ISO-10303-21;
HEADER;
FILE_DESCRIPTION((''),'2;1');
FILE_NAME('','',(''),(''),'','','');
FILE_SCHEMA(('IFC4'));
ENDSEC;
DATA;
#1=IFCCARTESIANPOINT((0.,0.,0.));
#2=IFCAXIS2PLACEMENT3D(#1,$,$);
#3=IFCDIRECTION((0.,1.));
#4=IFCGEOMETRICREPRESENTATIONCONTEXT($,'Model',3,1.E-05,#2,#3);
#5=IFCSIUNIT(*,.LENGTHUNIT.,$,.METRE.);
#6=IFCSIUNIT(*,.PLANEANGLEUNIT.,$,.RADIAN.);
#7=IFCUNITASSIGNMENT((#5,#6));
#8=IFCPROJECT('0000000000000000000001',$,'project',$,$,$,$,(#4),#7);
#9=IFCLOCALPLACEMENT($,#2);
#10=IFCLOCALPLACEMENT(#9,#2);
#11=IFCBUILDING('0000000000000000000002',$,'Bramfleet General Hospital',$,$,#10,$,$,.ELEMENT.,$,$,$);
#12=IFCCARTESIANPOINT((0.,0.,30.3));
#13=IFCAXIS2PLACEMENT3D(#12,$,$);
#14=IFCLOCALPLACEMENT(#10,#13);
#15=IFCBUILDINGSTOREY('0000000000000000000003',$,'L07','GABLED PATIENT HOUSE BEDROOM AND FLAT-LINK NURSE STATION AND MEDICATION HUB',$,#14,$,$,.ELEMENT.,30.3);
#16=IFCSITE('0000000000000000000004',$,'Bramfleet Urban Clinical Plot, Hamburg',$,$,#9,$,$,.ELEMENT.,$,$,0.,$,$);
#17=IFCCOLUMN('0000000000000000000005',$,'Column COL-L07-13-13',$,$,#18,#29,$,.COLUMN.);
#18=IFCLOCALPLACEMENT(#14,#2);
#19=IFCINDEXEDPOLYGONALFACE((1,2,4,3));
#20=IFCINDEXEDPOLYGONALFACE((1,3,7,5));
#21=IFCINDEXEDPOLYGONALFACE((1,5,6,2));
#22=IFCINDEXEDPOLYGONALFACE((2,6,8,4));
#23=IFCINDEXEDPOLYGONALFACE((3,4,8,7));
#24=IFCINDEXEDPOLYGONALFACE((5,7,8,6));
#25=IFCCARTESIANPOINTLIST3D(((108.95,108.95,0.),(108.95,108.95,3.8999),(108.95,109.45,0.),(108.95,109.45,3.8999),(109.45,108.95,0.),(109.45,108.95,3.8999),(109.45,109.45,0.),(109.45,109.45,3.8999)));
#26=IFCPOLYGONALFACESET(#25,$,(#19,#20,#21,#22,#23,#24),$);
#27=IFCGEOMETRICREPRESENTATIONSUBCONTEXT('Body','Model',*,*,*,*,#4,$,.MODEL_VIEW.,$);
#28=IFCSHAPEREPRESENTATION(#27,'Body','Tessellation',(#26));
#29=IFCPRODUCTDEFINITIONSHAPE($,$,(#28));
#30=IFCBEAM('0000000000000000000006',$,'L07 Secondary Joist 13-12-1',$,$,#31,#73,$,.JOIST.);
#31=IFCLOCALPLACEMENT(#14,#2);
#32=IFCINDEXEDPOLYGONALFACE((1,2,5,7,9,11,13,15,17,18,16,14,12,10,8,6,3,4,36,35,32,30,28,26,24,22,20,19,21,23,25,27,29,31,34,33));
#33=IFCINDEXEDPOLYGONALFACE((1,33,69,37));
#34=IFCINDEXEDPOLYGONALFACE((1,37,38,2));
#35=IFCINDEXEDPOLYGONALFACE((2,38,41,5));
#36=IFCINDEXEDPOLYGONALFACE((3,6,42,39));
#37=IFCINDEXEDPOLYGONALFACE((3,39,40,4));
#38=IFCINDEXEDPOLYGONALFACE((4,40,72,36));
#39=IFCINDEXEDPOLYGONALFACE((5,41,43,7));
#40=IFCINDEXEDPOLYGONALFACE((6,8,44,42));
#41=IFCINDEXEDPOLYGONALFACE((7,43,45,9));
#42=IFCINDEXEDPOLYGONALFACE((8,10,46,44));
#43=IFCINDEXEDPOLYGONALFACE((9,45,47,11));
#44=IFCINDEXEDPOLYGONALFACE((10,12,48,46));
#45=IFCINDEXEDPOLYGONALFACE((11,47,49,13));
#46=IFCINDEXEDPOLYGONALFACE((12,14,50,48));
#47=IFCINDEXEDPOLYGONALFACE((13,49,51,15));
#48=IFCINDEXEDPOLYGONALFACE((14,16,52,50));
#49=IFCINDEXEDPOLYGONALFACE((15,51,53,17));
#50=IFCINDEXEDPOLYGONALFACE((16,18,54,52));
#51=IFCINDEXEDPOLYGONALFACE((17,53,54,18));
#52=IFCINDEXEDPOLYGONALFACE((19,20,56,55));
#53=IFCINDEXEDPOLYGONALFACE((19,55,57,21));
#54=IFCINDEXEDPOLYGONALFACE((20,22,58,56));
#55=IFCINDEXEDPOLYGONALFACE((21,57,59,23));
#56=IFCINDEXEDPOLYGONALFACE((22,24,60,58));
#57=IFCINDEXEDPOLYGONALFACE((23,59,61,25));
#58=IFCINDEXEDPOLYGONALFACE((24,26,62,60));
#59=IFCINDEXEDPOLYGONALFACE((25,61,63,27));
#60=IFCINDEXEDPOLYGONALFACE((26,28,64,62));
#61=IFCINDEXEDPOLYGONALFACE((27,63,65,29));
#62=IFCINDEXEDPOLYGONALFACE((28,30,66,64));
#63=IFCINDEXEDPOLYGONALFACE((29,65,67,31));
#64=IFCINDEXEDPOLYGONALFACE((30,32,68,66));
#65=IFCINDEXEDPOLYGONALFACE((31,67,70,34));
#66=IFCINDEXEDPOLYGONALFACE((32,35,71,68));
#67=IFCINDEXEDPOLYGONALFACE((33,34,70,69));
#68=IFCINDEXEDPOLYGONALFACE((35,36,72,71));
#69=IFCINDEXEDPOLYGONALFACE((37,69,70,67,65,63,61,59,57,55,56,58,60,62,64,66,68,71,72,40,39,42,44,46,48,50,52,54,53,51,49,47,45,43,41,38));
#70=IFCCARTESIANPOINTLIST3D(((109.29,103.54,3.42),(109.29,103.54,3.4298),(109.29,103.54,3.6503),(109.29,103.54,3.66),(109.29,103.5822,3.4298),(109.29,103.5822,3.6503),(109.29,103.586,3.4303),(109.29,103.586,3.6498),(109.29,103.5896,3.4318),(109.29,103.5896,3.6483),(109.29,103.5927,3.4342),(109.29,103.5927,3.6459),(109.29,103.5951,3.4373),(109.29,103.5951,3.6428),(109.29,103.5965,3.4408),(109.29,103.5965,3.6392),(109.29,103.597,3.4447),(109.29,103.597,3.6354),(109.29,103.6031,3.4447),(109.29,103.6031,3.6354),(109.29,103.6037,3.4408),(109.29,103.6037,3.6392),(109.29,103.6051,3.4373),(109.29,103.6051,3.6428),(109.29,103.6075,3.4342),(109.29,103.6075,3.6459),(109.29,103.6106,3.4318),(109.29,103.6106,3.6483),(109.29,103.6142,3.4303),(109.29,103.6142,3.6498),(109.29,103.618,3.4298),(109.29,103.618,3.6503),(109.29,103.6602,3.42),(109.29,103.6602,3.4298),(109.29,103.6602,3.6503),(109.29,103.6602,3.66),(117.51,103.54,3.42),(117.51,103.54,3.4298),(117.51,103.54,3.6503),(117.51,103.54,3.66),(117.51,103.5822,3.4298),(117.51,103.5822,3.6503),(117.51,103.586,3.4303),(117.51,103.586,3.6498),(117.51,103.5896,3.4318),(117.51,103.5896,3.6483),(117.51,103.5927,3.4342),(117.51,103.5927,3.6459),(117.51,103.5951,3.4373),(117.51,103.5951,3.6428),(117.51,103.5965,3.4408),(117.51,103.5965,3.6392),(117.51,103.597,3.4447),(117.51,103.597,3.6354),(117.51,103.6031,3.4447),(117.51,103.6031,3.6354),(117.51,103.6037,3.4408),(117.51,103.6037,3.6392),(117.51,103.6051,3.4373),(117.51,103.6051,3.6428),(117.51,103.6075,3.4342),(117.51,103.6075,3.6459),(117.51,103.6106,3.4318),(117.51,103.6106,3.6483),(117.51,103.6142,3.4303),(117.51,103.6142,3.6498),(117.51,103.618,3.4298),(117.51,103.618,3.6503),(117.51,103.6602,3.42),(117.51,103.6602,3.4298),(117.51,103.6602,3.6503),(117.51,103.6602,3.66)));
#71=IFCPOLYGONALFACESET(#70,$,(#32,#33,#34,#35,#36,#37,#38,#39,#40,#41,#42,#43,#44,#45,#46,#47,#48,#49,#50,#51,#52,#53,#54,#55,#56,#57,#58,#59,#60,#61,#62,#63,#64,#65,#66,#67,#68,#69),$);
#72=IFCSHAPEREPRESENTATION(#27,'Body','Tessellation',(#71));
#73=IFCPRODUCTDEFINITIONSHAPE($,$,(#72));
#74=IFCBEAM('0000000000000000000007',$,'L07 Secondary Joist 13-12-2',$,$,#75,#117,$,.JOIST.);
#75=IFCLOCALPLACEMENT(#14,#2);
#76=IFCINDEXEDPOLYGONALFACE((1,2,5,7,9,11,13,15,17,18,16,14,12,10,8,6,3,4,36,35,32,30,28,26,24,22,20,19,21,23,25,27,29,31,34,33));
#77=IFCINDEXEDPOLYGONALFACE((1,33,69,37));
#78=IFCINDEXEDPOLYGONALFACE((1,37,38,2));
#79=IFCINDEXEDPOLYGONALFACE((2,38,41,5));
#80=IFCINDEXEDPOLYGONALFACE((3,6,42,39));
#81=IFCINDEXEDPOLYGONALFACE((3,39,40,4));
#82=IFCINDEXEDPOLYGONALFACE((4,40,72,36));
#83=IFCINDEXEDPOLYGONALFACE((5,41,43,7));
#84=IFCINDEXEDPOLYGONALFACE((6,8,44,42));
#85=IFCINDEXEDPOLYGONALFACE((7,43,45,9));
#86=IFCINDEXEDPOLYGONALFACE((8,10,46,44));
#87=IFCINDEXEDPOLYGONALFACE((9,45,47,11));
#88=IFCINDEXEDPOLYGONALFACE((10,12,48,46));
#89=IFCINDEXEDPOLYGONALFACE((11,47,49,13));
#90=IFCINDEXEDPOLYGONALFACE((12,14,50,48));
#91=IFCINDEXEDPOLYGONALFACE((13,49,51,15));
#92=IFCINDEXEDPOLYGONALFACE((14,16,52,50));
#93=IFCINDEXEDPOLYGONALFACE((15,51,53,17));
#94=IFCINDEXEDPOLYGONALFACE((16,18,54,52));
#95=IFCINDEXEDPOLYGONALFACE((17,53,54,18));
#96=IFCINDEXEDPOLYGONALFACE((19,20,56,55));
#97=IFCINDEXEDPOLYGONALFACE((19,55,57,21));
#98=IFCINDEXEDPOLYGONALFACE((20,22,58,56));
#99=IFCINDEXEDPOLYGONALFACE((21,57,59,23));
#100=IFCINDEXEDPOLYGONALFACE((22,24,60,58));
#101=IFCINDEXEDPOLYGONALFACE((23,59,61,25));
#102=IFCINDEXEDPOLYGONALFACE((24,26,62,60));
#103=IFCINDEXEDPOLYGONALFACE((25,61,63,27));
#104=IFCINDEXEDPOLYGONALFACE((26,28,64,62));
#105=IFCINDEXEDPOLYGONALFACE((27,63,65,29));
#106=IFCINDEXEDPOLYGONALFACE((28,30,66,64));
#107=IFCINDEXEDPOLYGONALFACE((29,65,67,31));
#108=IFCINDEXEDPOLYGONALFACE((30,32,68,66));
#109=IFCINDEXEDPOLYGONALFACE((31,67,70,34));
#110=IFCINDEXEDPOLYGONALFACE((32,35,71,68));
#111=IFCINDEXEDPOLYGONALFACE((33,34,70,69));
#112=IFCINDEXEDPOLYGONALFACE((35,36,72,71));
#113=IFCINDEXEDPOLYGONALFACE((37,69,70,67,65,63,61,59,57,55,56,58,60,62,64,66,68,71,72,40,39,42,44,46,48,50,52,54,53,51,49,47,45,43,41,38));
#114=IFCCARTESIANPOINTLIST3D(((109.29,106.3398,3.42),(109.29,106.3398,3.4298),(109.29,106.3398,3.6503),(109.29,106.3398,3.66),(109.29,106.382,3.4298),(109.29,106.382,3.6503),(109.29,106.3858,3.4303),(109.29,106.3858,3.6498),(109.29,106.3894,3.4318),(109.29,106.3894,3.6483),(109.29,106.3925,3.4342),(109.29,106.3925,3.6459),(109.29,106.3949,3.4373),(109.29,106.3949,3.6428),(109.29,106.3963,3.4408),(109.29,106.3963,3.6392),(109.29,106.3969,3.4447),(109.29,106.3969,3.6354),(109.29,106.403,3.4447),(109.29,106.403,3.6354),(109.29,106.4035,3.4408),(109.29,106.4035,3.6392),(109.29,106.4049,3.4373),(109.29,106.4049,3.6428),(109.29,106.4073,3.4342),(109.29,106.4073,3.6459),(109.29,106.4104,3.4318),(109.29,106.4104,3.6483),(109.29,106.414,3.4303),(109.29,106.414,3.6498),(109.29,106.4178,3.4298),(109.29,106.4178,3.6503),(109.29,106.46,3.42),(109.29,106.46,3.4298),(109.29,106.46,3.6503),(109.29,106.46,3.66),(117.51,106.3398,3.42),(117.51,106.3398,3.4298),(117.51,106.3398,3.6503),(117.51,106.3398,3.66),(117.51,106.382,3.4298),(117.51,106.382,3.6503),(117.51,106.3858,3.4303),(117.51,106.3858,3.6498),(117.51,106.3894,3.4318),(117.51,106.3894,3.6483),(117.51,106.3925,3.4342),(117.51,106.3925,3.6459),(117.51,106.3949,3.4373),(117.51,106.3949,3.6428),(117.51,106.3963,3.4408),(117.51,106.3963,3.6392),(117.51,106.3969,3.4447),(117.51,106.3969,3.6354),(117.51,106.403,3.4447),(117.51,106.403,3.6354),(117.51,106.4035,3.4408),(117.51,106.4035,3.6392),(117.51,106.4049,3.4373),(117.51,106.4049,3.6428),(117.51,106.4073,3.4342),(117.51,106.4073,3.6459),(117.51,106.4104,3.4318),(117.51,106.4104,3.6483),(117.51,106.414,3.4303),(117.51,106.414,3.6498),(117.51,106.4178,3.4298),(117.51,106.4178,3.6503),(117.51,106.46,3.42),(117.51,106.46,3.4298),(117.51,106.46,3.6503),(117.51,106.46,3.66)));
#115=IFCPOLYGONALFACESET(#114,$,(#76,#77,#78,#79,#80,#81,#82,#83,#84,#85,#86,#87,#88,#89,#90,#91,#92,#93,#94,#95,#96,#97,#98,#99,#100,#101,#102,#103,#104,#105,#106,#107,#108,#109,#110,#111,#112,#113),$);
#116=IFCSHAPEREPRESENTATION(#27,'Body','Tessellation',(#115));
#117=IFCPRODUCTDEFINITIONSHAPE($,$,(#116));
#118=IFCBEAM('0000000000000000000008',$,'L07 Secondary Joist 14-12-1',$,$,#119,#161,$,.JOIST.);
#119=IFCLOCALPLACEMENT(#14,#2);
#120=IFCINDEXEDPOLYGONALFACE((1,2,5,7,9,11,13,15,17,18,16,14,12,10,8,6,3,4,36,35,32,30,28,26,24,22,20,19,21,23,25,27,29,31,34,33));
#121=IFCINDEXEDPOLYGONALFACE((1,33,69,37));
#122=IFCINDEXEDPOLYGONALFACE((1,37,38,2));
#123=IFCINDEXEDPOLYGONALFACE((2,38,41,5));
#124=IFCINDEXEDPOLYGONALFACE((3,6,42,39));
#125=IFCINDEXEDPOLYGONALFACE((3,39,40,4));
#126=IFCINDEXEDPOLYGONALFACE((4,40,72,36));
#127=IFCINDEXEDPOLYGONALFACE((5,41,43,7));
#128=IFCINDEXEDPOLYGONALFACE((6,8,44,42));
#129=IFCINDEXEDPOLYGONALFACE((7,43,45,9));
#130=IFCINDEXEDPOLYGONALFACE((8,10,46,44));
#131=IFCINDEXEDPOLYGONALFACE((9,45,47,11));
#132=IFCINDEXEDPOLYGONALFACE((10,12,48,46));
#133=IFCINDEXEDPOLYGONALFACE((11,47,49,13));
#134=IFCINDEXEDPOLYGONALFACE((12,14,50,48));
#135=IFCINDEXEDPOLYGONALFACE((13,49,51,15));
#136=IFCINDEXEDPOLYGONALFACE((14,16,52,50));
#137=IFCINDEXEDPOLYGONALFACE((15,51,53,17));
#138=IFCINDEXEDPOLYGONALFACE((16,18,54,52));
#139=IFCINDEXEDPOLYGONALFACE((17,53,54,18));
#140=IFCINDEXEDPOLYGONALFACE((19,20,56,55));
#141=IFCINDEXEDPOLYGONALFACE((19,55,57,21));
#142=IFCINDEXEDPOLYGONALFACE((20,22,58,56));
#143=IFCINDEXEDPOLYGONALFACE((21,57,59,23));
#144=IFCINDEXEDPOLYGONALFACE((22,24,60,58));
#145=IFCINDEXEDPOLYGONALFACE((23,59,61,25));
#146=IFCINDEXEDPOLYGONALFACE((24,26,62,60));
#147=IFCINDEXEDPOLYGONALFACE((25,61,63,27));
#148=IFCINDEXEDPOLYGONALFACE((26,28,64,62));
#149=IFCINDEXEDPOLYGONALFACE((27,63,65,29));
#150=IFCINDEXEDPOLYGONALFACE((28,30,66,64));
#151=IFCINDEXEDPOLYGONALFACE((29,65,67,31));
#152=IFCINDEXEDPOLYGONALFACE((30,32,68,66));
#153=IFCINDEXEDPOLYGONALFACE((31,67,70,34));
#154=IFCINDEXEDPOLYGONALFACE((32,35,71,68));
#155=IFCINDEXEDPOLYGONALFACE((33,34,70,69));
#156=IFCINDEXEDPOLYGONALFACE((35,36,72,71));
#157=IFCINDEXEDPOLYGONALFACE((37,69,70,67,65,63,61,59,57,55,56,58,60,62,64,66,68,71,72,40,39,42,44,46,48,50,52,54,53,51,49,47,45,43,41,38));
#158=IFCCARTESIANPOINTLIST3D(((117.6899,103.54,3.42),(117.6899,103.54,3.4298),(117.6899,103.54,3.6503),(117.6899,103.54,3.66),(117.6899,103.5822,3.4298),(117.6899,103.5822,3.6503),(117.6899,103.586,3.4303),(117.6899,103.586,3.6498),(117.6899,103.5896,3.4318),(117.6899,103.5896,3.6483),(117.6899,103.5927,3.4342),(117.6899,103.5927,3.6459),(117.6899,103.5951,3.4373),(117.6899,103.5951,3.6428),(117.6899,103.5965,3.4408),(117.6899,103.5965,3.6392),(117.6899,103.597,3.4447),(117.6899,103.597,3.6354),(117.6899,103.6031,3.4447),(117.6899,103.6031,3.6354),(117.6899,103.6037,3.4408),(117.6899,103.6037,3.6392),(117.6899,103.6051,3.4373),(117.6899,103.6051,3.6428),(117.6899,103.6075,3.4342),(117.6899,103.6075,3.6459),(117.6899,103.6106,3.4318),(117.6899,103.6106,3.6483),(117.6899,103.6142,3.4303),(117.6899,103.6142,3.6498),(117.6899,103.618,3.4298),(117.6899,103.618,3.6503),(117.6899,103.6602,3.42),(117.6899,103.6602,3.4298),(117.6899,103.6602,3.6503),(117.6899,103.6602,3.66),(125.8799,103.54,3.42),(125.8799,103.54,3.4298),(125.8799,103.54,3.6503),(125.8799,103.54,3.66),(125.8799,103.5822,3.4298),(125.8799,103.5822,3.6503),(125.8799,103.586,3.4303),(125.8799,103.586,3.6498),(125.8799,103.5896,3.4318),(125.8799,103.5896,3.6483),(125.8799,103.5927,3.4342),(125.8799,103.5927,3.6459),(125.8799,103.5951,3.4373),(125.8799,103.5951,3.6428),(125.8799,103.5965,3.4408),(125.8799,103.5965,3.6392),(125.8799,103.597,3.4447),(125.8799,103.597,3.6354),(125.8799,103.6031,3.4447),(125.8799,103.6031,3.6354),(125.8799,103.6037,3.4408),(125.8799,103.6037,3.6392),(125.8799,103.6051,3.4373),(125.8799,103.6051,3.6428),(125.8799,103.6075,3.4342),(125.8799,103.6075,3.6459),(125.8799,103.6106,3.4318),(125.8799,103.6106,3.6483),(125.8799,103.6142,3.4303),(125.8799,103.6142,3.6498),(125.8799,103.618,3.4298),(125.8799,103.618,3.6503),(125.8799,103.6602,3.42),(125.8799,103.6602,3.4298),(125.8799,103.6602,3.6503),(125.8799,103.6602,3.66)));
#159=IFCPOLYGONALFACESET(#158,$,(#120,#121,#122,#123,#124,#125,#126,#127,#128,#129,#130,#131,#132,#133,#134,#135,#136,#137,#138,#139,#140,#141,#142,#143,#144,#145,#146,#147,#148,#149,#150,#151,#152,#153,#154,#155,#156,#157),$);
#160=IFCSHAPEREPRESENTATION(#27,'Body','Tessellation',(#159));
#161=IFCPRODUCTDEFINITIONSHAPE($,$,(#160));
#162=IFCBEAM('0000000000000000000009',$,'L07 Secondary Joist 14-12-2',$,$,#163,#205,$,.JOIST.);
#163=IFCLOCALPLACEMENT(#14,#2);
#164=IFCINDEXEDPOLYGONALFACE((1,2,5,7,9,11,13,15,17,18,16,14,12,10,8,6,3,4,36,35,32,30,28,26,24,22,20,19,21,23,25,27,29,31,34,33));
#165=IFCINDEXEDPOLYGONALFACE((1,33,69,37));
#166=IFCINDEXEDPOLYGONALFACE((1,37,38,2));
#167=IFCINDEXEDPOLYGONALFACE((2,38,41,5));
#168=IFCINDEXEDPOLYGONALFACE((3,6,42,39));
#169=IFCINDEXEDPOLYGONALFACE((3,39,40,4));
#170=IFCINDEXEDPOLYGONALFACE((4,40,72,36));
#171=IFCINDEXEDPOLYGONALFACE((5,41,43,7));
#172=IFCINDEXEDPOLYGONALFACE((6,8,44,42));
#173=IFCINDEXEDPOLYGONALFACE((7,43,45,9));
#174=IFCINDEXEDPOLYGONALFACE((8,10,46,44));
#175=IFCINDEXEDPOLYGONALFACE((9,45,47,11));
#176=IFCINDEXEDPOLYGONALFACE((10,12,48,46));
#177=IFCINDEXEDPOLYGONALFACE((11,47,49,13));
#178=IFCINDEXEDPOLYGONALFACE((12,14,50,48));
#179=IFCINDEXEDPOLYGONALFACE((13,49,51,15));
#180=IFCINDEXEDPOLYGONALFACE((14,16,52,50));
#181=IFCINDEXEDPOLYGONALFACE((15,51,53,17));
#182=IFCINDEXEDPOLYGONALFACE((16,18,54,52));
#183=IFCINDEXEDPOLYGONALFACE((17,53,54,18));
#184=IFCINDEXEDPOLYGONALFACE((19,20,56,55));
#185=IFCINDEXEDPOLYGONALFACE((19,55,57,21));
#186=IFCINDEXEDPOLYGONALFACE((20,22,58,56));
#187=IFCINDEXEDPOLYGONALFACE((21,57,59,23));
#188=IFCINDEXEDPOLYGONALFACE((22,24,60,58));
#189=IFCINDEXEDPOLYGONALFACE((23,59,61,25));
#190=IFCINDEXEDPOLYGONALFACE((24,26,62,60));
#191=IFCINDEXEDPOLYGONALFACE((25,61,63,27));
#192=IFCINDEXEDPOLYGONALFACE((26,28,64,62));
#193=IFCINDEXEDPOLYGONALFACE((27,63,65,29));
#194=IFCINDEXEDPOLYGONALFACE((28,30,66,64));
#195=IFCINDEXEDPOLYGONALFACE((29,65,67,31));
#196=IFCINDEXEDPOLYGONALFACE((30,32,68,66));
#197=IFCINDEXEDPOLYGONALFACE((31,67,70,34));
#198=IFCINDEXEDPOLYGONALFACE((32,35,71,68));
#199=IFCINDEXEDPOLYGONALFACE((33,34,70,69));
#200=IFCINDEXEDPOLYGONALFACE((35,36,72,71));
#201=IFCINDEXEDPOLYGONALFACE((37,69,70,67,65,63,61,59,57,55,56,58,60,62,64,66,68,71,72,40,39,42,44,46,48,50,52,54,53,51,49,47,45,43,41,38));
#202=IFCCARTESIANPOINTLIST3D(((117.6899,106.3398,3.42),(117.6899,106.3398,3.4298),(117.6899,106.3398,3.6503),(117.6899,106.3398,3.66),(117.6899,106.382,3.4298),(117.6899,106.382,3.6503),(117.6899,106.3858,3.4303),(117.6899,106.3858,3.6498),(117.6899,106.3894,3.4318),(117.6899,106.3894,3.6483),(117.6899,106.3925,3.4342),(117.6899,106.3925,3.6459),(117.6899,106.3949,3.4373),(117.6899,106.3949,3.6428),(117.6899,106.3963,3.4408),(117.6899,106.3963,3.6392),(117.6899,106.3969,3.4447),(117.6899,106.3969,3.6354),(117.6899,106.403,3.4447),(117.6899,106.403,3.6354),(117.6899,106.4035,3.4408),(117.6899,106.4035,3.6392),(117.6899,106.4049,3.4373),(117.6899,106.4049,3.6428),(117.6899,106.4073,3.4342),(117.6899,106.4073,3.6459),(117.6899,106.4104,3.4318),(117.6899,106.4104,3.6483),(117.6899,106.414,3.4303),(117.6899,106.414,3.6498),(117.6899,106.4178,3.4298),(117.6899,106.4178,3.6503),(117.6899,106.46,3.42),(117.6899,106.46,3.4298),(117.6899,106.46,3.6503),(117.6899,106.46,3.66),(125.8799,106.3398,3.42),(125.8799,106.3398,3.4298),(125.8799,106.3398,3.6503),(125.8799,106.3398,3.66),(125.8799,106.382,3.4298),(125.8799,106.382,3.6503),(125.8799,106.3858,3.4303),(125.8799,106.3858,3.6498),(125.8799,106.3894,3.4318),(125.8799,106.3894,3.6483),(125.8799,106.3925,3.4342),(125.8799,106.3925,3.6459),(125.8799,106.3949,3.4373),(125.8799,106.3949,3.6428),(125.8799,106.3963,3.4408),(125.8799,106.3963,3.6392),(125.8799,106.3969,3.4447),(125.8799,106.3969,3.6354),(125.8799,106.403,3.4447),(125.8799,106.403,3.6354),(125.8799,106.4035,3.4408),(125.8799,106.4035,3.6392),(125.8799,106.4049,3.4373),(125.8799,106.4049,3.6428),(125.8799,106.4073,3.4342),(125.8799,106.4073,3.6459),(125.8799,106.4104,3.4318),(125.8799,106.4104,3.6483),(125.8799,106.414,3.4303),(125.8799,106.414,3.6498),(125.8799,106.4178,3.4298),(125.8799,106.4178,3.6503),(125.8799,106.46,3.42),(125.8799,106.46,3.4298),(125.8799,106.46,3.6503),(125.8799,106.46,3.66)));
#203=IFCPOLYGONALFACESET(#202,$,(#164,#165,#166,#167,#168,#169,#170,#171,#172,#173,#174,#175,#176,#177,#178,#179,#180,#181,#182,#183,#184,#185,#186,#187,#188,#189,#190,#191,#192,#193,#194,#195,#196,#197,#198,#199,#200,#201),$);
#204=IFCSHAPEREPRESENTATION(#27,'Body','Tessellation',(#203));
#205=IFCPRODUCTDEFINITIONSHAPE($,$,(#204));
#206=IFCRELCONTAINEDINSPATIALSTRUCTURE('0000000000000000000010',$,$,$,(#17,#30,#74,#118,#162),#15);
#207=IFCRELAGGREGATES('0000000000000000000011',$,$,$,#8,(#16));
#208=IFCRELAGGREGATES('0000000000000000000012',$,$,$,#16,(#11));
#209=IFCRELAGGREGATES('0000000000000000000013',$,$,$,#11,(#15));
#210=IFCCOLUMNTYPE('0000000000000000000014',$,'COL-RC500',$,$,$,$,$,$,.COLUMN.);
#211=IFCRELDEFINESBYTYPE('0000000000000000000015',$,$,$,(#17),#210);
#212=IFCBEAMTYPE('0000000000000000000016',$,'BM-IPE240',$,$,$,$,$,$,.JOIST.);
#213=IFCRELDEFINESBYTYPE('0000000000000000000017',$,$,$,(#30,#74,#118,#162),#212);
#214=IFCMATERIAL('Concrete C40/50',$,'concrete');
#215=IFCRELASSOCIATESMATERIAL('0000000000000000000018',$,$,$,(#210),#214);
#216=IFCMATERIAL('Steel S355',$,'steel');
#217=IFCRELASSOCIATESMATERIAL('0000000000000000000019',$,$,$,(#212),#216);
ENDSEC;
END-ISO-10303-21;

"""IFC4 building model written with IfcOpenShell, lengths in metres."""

from ifc_helpers import new_model, si_unit, direction, frame, origin, origin_2d, place, context, subcontext, project, spatial, rectangle, i_section, extrude, material, material_profile, profile_set, type_object, element, save


model = new_model("IFC4")

# Units and contexts
model_context = context("Model", 3, precision=1e-05, world=origin(), true_north=direction((0.0, 1.0)))
body_context = subcontext(model_context, "Body", "Model", "MODEL_VIEW")
ifc_project = project(units=[si_unit("LENGTHUNIT", "METRE"), si_unit("PLANEANGLEUNIT", "RADIAN")], contexts=[model_context])

# Site, building, storey
site_placement = place(None, origin())
site = spatial("IfcSite", under=ifc_project, at=site_placement, Name="Bramfleet Urban Clinical Plot, Hamburg", CompositionType="ELEMENT", RefElevation=0.0)
building_placement = place(site_placement, origin())
building = spatial("IfcBuilding", under=site, at=building_placement, Name="Bramfleet General Hospital", CompositionType="ELEMENT")
storey_placement = place(building_placement, frame((0.0, 0.0, 30.3)))
storey = spatial("IfcBuildingStorey", under=building, at=storey_placement, Name="L07", Description="GABLED PATIENT HOUSE BEDROOM AND FLAT-LINK NURSE STATION AND MEDICATION HUB", CompositionType="ELEMENT", Elevation=30.3)

# Column
ifc_material_1 = material(Name="Concrete C40/50", Category="concrete")
ifc_material_profile_1 = material_profile(ifc_material_1, rectangle(XDim=0.5, YDim=0.5, at=origin_2d()), Name="RC COL 500x500")
ifc_profile_set_1 = profile_set([ifc_material_profile_1], Name="Concrete C40/50")
column_type = type_object("IfcColumnType", Name="COL-RC500", PredefinedType="COLUMN", material=ifc_profile_set_1)
column_placement = place(storey_placement, frame((109.2, 109.2, 0.0), z_axis=(0.0, 0.0, 1.0), x_axis=(1.0, 0.0, 0.0)))
element("IfcColumn", 1, at=column_placement, inside=storey, type_object=column_type, Name="Column COL-L07-13-13", PredefinedType="COLUMN", context=body_context, shape_type="SweptSolid", body=[
    extrude(rectangle(XDim=0.5, YDim=0.5, at=origin_2d()), origin(), (0.0, 0.0, 1.0), 3.8999),
])

# Beams
ifc_material_2 = material(Name="Steel S355", Category="steel")
ifc_material_profile_2 = material_profile(ifc_material_2, i_section(OverallWidth=0.1201, OverallDepth=0.24, WebThickness=0.0061, FlangeThickness=0.0098, FilletRadius=0.0149, at=origin_2d()), Name="IPE 240")
ifc_profile_set_2 = profile_set([ifc_material_profile_2], Name="Steel S355")
beam_type_1 = type_object("IfcBeamType", Name="BM-IPE240", PredefinedType="JOIST", material=ifc_profile_set_2)
for number, where, z_axis, x_axis, name in (
    (2, (109.29, 103.6001, 3.54), (1.0, 0.0, 0.0), (0.0, 1.0, 0.0), "L07 Secondary Joist 13-12-1"),
    (3, (109.29, 106.3999, 3.54), (1.0, 0.0, 0.0), (0.0, 1.0, 0.0), "L07 Secondary Joist 13-12-2"),
):
    element("IfcBeam", number, at=place(storey_placement, frame(where, z_axis=z_axis, x_axis=x_axis)), inside=storey, type_object=beam_type_1, Name=name, PredefinedType="JOIST", context=body_context, shape_type="SweptSolid", body=[
        extrude(i_section(OverallWidth=0.1201, OverallDepth=0.24, WebThickness=0.0061, FlangeThickness=0.0098, FilletRadius=0.0149, at=origin_2d()), origin(), (0.0, 0.0, 1.0), 8.22),
    ])
for number, where, z_axis, x_axis, name in (
    (4, (117.6899, 103.6001, 3.54), (1.0, 0.0, 0.0), (0.0, 1.0, 0.0), "L07 Secondary Joist 14-12-1"),
    (5, (117.6899, 106.3999, 3.54), (1.0, 0.0, 0.0), (0.0, 1.0, 0.0), "L07 Secondary Joist 14-12-2"),
):
    element("IfcBeam", number, at=place(storey_placement, frame(where, z_axis=z_axis, x_axis=x_axis)), inside=storey, type_object=beam_type_1, Name=name, PredefinedType="JOIST", context=body_context, shape_type="SweptSolid", body=[
        extrude(i_section(OverallWidth=0.1201, OverallDepth=0.24, WebThickness=0.0061, FlangeThickness=0.0098, FilletRadius=0.0149, at=origin_2d()), origin(), (0.0, 0.0, 1.0), 8.1899),
    ])

save(model, "model.ifc")
